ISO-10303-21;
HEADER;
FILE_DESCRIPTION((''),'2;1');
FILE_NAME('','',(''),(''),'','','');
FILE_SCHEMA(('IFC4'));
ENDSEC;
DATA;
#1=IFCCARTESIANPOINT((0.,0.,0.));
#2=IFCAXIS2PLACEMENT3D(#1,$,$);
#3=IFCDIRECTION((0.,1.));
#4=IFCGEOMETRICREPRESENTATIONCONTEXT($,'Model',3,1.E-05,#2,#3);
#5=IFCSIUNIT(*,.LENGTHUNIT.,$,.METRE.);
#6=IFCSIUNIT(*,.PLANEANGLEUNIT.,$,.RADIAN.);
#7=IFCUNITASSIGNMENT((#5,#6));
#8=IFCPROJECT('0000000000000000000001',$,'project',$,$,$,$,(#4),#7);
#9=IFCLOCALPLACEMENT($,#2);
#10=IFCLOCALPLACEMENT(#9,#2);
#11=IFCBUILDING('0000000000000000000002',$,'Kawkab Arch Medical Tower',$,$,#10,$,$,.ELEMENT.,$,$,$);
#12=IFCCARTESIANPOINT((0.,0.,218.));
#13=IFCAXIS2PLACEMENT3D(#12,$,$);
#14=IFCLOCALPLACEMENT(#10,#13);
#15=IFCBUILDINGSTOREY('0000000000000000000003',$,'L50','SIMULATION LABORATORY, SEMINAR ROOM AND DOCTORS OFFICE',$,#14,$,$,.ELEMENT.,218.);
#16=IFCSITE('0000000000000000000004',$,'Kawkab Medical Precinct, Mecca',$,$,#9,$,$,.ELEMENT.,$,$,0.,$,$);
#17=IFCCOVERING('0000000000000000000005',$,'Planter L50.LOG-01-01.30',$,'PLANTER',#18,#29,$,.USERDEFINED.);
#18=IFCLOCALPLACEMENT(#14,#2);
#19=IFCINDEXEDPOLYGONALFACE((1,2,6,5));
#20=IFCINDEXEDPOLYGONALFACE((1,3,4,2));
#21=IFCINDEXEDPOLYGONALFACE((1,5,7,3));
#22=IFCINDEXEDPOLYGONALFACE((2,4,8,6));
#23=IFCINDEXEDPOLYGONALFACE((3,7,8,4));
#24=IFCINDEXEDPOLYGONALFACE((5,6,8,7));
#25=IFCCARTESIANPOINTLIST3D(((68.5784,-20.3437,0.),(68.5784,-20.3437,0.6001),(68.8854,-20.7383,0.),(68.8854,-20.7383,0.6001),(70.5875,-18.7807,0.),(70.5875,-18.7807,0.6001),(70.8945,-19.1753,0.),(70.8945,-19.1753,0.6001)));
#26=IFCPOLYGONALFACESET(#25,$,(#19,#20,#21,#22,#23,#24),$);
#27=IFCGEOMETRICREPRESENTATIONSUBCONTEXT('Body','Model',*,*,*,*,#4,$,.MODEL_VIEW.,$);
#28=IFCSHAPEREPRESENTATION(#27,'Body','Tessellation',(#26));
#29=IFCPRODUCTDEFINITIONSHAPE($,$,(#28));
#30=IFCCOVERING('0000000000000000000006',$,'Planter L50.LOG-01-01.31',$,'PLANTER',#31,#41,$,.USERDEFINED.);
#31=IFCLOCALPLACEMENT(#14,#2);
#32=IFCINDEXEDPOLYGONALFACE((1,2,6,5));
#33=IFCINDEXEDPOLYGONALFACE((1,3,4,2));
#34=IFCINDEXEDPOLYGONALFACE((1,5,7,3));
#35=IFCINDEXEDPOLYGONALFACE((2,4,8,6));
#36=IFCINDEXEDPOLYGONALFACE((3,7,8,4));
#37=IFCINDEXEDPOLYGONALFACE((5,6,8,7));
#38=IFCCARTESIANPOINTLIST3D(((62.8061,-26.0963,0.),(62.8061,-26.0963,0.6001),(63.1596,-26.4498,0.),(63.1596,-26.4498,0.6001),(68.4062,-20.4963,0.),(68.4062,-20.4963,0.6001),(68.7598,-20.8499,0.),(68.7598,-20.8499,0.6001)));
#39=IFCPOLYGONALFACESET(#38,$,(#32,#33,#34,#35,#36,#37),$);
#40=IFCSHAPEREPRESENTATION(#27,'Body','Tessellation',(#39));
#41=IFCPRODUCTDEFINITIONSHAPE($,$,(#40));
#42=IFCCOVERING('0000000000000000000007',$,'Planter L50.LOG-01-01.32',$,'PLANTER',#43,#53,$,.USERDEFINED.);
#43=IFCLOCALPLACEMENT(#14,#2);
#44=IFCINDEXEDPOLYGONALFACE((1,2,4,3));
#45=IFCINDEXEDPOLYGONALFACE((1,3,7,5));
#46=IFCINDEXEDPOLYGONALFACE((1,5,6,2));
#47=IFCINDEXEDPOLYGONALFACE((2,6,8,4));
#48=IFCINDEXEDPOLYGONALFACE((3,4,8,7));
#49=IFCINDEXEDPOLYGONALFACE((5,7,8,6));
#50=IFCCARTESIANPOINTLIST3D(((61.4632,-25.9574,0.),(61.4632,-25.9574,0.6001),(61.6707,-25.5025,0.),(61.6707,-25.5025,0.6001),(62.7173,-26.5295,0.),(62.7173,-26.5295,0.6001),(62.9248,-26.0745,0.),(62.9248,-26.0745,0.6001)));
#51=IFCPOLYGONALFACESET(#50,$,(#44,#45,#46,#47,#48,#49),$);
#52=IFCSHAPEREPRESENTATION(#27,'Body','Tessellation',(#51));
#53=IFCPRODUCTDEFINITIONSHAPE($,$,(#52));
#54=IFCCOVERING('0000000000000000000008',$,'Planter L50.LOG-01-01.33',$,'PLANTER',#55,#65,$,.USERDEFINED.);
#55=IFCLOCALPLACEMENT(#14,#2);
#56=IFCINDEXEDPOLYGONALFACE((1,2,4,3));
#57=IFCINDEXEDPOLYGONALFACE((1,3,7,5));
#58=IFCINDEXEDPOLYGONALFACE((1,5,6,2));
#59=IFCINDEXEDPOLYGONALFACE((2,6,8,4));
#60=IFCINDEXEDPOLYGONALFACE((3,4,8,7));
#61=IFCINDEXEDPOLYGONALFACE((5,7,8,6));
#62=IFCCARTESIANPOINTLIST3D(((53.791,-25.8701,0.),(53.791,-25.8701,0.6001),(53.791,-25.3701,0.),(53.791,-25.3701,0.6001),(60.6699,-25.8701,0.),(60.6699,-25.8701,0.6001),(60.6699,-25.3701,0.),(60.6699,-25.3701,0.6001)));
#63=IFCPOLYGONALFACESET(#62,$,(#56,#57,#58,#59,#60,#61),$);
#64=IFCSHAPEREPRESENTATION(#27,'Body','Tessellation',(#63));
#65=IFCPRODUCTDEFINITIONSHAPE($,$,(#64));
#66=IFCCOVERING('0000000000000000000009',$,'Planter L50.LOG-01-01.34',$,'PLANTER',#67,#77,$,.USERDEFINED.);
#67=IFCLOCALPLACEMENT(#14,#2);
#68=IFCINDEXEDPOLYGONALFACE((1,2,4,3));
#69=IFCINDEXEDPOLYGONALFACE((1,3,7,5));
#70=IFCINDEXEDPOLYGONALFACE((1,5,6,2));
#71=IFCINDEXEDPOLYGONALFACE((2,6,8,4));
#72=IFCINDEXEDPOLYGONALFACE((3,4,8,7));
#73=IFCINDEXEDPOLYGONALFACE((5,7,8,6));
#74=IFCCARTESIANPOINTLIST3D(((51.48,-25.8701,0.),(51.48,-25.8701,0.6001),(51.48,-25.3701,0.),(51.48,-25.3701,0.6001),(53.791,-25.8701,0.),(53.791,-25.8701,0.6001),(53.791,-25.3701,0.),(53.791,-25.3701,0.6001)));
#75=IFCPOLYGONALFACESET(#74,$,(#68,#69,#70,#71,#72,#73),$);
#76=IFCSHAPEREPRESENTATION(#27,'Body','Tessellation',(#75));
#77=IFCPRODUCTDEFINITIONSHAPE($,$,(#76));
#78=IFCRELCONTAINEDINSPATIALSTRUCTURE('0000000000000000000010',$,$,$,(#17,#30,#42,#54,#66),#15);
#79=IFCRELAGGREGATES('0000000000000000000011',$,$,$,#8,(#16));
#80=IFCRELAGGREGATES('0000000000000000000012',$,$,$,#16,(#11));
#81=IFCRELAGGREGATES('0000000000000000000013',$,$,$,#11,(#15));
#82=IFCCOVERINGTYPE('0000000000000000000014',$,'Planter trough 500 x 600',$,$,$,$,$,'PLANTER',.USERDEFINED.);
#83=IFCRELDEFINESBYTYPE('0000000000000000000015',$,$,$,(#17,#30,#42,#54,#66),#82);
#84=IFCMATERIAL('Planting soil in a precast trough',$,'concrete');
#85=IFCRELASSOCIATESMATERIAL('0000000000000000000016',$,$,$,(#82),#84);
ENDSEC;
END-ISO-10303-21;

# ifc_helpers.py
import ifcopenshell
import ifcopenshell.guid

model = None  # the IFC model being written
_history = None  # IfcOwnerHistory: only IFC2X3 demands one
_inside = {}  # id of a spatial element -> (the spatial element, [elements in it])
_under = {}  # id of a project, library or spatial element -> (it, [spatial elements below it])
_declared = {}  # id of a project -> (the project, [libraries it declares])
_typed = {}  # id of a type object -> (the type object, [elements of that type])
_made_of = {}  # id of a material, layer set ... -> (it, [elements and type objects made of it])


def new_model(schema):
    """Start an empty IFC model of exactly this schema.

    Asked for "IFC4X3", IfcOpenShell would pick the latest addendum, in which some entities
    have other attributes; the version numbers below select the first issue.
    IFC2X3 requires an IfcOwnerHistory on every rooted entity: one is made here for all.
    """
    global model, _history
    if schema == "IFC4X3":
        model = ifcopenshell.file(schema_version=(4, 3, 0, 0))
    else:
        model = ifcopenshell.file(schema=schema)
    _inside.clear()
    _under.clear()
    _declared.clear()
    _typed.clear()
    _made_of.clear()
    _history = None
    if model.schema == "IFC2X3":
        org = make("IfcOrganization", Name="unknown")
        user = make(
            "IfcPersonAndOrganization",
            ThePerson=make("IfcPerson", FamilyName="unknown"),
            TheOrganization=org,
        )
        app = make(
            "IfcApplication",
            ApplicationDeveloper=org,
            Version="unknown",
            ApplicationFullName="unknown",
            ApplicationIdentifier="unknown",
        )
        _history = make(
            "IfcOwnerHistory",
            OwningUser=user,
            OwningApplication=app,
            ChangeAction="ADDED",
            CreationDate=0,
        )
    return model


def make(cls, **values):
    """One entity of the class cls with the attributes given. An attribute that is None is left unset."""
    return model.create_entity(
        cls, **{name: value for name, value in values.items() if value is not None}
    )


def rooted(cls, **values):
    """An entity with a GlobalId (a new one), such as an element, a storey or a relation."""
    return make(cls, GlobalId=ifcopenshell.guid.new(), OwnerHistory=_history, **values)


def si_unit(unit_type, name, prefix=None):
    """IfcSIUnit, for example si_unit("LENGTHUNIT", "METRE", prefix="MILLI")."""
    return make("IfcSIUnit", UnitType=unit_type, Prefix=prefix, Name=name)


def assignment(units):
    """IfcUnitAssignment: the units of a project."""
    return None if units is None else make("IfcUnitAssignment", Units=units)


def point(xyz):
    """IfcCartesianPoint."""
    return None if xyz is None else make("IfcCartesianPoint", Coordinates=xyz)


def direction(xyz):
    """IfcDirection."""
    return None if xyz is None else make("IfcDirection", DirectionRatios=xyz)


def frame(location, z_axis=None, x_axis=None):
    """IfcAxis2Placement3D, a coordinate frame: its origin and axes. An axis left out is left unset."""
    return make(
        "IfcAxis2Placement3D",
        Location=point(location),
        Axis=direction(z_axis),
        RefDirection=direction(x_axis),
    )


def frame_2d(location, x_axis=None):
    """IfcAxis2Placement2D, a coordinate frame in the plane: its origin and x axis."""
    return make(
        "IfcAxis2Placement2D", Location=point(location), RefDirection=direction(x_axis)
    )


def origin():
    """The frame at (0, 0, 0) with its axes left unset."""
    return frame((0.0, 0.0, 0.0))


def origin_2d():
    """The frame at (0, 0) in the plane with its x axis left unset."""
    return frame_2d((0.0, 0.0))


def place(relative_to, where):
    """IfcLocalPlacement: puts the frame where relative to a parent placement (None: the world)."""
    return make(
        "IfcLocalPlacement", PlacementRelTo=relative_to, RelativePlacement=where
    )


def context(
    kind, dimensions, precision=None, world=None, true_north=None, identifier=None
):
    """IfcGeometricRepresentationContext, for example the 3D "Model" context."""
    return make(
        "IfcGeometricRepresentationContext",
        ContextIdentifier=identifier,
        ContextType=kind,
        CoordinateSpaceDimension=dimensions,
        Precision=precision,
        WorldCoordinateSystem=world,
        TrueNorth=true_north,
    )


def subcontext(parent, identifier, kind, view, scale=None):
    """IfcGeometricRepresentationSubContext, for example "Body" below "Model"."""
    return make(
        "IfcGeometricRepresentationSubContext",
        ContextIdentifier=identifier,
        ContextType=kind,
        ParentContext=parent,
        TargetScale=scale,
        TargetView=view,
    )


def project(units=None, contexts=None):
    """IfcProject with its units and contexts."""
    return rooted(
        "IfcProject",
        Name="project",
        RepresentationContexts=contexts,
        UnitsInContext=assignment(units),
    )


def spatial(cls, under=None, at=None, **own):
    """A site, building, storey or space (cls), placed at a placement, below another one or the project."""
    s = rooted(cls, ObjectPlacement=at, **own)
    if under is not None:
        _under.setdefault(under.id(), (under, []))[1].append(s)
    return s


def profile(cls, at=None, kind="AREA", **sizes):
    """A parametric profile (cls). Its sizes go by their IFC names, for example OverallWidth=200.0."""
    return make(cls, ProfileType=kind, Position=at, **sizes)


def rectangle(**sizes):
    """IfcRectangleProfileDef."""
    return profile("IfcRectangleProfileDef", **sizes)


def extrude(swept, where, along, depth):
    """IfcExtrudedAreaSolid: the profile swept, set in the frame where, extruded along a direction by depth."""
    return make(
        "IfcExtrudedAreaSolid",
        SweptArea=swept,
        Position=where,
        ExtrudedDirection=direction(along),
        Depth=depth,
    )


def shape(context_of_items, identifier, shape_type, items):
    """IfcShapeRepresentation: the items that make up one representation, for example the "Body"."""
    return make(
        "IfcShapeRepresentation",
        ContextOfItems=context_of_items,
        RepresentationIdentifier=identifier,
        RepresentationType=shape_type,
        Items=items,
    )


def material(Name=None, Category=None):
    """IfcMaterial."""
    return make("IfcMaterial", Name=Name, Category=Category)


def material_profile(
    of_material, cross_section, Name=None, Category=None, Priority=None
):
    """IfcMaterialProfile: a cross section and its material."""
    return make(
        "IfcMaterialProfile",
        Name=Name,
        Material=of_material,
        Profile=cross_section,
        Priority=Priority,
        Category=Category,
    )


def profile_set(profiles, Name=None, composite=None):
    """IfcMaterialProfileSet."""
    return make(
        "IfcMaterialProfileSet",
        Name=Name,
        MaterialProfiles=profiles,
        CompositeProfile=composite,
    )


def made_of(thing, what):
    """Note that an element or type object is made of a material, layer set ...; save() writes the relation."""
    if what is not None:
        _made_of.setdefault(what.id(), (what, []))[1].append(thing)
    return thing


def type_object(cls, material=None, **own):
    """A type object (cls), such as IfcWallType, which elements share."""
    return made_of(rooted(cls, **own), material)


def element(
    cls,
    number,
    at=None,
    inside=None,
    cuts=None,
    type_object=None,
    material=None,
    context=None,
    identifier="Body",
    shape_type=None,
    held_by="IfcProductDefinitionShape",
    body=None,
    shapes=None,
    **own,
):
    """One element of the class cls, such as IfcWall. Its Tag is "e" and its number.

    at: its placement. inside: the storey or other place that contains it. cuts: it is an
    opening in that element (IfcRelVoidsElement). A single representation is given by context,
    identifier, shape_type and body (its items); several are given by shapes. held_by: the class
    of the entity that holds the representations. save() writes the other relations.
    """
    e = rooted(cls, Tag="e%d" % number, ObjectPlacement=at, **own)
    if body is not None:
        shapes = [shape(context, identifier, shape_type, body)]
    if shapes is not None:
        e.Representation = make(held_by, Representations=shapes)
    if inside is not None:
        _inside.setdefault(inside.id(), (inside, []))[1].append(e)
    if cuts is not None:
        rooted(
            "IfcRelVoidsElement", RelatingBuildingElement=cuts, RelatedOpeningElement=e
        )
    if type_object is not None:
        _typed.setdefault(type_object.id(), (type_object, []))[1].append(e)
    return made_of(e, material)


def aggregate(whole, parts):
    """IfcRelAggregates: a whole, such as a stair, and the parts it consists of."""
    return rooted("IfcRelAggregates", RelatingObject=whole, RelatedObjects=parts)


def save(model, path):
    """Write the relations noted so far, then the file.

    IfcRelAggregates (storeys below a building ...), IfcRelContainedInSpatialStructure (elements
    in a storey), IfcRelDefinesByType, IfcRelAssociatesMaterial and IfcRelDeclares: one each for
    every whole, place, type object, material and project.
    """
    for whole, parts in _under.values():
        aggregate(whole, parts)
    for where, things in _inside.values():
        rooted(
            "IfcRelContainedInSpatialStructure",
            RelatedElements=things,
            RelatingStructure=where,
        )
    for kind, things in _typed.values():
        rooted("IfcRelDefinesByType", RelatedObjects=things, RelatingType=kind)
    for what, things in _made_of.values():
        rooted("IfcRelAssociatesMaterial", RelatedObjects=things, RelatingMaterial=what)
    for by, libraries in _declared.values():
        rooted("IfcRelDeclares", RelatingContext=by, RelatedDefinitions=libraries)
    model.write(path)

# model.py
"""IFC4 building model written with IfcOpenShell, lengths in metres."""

from ifc_helpers import new_model, si_unit, direction, frame, origin, origin_2d, place, context, subcontext, project, spatial, rectangle, extrude, material, material_profile, profile_set, type_object, element, save


model = new_model("IFC4")

# Units and contexts
model_context = context("Model", 3, precision=1e-05, world=origin(), true_north=direction((0.0, 1.0)))
body_context = subcontext(model_context, "Body", "Model", "MODEL_VIEW")
ifc_project = project(units=[si_unit("LENGTHUNIT", "METRE"), si_unit("PLANEANGLEUNIT", "RADIAN")], contexts=[model_context])

# Site, building, storey
site_placement = place(None, origin())
site = spatial("IfcSite", under=ifc_project, at=site_placement, Name="Kawkab Medical Precinct, Mecca", CompositionType="ELEMENT", RefElevation=0.0)
building_placement = place(site_placement, origin())
building = spatial("IfcBuilding", under=site, at=building_placement, Name="Kawkab Arch Medical Tower", CompositionType="ELEMENT")
storey_placement = place(building_placement, frame((0.0, 0.0, 218.0)))
storey = spatial("IfcBuildingStorey", under=building, at=storey_placement, Name="L50", Description="SIMULATION LABORATORY, SEMINAR ROOM AND DOCTORS OFFICE", CompositionType="ELEMENT", Elevation=218.0)

# Coverings
ifc_material_1 = material(Name="Planting soil in a precast trough", Category="concrete")
ifc_material_profile_1 = material_profile(ifc_material_1, rectangle(XDim=0.5, YDim=0.6001, at=origin_2d()), Name="Trough 500x600")
ifc_profile_set_1 = profile_set([ifc_material_profile_1], Name="Planting soil in a precast trough")
covering_type_1 = type_object("IfcCoveringType", Name="Planter trough 500 x 600", ElementType="PLANTER", PredefinedType="USERDEFINED", material=ifc_profile_set_1)
covering_1_placement = place(storey_placement, frame((70.741, -18.978, 0.3), z_axis=(-0.789275, -0.61404, 0.0), x_axis=(0.61404, -0.789275, 0.0)))
element("IfcCovering", 1, at=covering_1_placement, inside=storey, type_object=covering_type_1, Name="Planter L50.LOG-01-01.30", ObjectType="PLANTER", PredefinedType="USERDEFINED", context=body_context, shape_type="SweptSolid", body=[
    extrude(rectangle(XDim=0.5, YDim=0.6001, at=origin_2d()), origin(), (0.0, 0.0, 1.0), 2.5454),
])
covering_2_placement = place(storey_placement, frame((68.583, -20.6731, 0.3), z_axis=(-0.707122, -0.707091, 0.0), x_axis=(0.707091, -0.707122, 0.0)))
element("IfcCovering", 2, at=covering_2_placement, inside=storey, type_object=covering_type_1, Name="Planter L50.LOG-01-01.31", ObjectType="PLANTER", PredefinedType="USERDEFINED", context=body_context, shape_type="SweptSolid", body=[
    extrude(rectangle(XDim=0.5, YDim=0.6001, at=origin_2d()), origin(), (0.0, 0.0, 1.0), 7.9197),
])
covering_3_placement = place(storey_placement, frame((62.821, -26.302, 0.3), z_axis=(-0.909832, 0.414977, 0.0), x_axis=(-0.414977, -0.909832, 0.0)))
element("IfcCovering", 3, at=covering_3_placement, inside=storey, type_object=covering_type_1, Name="Planter L50.LOG-01-01.32", ObjectType="PLANTER", PredefinedType="USERDEFINED", context=body_context, shape_type="SweptSolid", body=[
    extrude(rectangle(XDim=0.5, YDim=0.6001, at=origin_2d()), origin(), (0.0, 0.0, 1.0), 1.3784),
])
covering_4_placement = place(storey_placement, frame((60.6699, -25.6201, 0.3), z_axis=(-1.0, 0.0, 0.0), x_axis=(0.0, -1.0, 0.0)))
element("IfcCovering", 4, at=covering_4_placement, inside=storey, type_object=covering_type_1, Name="Planter L50.LOG-01-01.33", ObjectType="PLANTER", PredefinedType="USERDEFINED", context=body_context, shape_type="SweptSolid", body=[
    extrude(rectangle(XDim=0.5, YDim=0.6001, at=origin_2d()), origin(), (0.0, 0.0, 1.0), 6.8789),
])
covering_5_placement = place(storey_placement, frame((53.791, -25.6201, 0.3), z_axis=(-1.0, 0.0, 0.0), x_axis=(0.0, -1.0, 0.0)))
element("IfcCovering", 5, at=covering_5_placement, inside=storey, type_object=covering_type_1, Name="Planter L50.LOG-01-01.34", ObjectType="PLANTER", PredefinedType="USERDEFINED", context=body_context, shape_type="SweptSolid", body=[
    extrude(rectangle(XDim=0.5, YDim=0.6001, at=origin_2d()), origin(), (0.0, 0.0, 1.0), 2.311),
])

save(model, "model.ifc")
